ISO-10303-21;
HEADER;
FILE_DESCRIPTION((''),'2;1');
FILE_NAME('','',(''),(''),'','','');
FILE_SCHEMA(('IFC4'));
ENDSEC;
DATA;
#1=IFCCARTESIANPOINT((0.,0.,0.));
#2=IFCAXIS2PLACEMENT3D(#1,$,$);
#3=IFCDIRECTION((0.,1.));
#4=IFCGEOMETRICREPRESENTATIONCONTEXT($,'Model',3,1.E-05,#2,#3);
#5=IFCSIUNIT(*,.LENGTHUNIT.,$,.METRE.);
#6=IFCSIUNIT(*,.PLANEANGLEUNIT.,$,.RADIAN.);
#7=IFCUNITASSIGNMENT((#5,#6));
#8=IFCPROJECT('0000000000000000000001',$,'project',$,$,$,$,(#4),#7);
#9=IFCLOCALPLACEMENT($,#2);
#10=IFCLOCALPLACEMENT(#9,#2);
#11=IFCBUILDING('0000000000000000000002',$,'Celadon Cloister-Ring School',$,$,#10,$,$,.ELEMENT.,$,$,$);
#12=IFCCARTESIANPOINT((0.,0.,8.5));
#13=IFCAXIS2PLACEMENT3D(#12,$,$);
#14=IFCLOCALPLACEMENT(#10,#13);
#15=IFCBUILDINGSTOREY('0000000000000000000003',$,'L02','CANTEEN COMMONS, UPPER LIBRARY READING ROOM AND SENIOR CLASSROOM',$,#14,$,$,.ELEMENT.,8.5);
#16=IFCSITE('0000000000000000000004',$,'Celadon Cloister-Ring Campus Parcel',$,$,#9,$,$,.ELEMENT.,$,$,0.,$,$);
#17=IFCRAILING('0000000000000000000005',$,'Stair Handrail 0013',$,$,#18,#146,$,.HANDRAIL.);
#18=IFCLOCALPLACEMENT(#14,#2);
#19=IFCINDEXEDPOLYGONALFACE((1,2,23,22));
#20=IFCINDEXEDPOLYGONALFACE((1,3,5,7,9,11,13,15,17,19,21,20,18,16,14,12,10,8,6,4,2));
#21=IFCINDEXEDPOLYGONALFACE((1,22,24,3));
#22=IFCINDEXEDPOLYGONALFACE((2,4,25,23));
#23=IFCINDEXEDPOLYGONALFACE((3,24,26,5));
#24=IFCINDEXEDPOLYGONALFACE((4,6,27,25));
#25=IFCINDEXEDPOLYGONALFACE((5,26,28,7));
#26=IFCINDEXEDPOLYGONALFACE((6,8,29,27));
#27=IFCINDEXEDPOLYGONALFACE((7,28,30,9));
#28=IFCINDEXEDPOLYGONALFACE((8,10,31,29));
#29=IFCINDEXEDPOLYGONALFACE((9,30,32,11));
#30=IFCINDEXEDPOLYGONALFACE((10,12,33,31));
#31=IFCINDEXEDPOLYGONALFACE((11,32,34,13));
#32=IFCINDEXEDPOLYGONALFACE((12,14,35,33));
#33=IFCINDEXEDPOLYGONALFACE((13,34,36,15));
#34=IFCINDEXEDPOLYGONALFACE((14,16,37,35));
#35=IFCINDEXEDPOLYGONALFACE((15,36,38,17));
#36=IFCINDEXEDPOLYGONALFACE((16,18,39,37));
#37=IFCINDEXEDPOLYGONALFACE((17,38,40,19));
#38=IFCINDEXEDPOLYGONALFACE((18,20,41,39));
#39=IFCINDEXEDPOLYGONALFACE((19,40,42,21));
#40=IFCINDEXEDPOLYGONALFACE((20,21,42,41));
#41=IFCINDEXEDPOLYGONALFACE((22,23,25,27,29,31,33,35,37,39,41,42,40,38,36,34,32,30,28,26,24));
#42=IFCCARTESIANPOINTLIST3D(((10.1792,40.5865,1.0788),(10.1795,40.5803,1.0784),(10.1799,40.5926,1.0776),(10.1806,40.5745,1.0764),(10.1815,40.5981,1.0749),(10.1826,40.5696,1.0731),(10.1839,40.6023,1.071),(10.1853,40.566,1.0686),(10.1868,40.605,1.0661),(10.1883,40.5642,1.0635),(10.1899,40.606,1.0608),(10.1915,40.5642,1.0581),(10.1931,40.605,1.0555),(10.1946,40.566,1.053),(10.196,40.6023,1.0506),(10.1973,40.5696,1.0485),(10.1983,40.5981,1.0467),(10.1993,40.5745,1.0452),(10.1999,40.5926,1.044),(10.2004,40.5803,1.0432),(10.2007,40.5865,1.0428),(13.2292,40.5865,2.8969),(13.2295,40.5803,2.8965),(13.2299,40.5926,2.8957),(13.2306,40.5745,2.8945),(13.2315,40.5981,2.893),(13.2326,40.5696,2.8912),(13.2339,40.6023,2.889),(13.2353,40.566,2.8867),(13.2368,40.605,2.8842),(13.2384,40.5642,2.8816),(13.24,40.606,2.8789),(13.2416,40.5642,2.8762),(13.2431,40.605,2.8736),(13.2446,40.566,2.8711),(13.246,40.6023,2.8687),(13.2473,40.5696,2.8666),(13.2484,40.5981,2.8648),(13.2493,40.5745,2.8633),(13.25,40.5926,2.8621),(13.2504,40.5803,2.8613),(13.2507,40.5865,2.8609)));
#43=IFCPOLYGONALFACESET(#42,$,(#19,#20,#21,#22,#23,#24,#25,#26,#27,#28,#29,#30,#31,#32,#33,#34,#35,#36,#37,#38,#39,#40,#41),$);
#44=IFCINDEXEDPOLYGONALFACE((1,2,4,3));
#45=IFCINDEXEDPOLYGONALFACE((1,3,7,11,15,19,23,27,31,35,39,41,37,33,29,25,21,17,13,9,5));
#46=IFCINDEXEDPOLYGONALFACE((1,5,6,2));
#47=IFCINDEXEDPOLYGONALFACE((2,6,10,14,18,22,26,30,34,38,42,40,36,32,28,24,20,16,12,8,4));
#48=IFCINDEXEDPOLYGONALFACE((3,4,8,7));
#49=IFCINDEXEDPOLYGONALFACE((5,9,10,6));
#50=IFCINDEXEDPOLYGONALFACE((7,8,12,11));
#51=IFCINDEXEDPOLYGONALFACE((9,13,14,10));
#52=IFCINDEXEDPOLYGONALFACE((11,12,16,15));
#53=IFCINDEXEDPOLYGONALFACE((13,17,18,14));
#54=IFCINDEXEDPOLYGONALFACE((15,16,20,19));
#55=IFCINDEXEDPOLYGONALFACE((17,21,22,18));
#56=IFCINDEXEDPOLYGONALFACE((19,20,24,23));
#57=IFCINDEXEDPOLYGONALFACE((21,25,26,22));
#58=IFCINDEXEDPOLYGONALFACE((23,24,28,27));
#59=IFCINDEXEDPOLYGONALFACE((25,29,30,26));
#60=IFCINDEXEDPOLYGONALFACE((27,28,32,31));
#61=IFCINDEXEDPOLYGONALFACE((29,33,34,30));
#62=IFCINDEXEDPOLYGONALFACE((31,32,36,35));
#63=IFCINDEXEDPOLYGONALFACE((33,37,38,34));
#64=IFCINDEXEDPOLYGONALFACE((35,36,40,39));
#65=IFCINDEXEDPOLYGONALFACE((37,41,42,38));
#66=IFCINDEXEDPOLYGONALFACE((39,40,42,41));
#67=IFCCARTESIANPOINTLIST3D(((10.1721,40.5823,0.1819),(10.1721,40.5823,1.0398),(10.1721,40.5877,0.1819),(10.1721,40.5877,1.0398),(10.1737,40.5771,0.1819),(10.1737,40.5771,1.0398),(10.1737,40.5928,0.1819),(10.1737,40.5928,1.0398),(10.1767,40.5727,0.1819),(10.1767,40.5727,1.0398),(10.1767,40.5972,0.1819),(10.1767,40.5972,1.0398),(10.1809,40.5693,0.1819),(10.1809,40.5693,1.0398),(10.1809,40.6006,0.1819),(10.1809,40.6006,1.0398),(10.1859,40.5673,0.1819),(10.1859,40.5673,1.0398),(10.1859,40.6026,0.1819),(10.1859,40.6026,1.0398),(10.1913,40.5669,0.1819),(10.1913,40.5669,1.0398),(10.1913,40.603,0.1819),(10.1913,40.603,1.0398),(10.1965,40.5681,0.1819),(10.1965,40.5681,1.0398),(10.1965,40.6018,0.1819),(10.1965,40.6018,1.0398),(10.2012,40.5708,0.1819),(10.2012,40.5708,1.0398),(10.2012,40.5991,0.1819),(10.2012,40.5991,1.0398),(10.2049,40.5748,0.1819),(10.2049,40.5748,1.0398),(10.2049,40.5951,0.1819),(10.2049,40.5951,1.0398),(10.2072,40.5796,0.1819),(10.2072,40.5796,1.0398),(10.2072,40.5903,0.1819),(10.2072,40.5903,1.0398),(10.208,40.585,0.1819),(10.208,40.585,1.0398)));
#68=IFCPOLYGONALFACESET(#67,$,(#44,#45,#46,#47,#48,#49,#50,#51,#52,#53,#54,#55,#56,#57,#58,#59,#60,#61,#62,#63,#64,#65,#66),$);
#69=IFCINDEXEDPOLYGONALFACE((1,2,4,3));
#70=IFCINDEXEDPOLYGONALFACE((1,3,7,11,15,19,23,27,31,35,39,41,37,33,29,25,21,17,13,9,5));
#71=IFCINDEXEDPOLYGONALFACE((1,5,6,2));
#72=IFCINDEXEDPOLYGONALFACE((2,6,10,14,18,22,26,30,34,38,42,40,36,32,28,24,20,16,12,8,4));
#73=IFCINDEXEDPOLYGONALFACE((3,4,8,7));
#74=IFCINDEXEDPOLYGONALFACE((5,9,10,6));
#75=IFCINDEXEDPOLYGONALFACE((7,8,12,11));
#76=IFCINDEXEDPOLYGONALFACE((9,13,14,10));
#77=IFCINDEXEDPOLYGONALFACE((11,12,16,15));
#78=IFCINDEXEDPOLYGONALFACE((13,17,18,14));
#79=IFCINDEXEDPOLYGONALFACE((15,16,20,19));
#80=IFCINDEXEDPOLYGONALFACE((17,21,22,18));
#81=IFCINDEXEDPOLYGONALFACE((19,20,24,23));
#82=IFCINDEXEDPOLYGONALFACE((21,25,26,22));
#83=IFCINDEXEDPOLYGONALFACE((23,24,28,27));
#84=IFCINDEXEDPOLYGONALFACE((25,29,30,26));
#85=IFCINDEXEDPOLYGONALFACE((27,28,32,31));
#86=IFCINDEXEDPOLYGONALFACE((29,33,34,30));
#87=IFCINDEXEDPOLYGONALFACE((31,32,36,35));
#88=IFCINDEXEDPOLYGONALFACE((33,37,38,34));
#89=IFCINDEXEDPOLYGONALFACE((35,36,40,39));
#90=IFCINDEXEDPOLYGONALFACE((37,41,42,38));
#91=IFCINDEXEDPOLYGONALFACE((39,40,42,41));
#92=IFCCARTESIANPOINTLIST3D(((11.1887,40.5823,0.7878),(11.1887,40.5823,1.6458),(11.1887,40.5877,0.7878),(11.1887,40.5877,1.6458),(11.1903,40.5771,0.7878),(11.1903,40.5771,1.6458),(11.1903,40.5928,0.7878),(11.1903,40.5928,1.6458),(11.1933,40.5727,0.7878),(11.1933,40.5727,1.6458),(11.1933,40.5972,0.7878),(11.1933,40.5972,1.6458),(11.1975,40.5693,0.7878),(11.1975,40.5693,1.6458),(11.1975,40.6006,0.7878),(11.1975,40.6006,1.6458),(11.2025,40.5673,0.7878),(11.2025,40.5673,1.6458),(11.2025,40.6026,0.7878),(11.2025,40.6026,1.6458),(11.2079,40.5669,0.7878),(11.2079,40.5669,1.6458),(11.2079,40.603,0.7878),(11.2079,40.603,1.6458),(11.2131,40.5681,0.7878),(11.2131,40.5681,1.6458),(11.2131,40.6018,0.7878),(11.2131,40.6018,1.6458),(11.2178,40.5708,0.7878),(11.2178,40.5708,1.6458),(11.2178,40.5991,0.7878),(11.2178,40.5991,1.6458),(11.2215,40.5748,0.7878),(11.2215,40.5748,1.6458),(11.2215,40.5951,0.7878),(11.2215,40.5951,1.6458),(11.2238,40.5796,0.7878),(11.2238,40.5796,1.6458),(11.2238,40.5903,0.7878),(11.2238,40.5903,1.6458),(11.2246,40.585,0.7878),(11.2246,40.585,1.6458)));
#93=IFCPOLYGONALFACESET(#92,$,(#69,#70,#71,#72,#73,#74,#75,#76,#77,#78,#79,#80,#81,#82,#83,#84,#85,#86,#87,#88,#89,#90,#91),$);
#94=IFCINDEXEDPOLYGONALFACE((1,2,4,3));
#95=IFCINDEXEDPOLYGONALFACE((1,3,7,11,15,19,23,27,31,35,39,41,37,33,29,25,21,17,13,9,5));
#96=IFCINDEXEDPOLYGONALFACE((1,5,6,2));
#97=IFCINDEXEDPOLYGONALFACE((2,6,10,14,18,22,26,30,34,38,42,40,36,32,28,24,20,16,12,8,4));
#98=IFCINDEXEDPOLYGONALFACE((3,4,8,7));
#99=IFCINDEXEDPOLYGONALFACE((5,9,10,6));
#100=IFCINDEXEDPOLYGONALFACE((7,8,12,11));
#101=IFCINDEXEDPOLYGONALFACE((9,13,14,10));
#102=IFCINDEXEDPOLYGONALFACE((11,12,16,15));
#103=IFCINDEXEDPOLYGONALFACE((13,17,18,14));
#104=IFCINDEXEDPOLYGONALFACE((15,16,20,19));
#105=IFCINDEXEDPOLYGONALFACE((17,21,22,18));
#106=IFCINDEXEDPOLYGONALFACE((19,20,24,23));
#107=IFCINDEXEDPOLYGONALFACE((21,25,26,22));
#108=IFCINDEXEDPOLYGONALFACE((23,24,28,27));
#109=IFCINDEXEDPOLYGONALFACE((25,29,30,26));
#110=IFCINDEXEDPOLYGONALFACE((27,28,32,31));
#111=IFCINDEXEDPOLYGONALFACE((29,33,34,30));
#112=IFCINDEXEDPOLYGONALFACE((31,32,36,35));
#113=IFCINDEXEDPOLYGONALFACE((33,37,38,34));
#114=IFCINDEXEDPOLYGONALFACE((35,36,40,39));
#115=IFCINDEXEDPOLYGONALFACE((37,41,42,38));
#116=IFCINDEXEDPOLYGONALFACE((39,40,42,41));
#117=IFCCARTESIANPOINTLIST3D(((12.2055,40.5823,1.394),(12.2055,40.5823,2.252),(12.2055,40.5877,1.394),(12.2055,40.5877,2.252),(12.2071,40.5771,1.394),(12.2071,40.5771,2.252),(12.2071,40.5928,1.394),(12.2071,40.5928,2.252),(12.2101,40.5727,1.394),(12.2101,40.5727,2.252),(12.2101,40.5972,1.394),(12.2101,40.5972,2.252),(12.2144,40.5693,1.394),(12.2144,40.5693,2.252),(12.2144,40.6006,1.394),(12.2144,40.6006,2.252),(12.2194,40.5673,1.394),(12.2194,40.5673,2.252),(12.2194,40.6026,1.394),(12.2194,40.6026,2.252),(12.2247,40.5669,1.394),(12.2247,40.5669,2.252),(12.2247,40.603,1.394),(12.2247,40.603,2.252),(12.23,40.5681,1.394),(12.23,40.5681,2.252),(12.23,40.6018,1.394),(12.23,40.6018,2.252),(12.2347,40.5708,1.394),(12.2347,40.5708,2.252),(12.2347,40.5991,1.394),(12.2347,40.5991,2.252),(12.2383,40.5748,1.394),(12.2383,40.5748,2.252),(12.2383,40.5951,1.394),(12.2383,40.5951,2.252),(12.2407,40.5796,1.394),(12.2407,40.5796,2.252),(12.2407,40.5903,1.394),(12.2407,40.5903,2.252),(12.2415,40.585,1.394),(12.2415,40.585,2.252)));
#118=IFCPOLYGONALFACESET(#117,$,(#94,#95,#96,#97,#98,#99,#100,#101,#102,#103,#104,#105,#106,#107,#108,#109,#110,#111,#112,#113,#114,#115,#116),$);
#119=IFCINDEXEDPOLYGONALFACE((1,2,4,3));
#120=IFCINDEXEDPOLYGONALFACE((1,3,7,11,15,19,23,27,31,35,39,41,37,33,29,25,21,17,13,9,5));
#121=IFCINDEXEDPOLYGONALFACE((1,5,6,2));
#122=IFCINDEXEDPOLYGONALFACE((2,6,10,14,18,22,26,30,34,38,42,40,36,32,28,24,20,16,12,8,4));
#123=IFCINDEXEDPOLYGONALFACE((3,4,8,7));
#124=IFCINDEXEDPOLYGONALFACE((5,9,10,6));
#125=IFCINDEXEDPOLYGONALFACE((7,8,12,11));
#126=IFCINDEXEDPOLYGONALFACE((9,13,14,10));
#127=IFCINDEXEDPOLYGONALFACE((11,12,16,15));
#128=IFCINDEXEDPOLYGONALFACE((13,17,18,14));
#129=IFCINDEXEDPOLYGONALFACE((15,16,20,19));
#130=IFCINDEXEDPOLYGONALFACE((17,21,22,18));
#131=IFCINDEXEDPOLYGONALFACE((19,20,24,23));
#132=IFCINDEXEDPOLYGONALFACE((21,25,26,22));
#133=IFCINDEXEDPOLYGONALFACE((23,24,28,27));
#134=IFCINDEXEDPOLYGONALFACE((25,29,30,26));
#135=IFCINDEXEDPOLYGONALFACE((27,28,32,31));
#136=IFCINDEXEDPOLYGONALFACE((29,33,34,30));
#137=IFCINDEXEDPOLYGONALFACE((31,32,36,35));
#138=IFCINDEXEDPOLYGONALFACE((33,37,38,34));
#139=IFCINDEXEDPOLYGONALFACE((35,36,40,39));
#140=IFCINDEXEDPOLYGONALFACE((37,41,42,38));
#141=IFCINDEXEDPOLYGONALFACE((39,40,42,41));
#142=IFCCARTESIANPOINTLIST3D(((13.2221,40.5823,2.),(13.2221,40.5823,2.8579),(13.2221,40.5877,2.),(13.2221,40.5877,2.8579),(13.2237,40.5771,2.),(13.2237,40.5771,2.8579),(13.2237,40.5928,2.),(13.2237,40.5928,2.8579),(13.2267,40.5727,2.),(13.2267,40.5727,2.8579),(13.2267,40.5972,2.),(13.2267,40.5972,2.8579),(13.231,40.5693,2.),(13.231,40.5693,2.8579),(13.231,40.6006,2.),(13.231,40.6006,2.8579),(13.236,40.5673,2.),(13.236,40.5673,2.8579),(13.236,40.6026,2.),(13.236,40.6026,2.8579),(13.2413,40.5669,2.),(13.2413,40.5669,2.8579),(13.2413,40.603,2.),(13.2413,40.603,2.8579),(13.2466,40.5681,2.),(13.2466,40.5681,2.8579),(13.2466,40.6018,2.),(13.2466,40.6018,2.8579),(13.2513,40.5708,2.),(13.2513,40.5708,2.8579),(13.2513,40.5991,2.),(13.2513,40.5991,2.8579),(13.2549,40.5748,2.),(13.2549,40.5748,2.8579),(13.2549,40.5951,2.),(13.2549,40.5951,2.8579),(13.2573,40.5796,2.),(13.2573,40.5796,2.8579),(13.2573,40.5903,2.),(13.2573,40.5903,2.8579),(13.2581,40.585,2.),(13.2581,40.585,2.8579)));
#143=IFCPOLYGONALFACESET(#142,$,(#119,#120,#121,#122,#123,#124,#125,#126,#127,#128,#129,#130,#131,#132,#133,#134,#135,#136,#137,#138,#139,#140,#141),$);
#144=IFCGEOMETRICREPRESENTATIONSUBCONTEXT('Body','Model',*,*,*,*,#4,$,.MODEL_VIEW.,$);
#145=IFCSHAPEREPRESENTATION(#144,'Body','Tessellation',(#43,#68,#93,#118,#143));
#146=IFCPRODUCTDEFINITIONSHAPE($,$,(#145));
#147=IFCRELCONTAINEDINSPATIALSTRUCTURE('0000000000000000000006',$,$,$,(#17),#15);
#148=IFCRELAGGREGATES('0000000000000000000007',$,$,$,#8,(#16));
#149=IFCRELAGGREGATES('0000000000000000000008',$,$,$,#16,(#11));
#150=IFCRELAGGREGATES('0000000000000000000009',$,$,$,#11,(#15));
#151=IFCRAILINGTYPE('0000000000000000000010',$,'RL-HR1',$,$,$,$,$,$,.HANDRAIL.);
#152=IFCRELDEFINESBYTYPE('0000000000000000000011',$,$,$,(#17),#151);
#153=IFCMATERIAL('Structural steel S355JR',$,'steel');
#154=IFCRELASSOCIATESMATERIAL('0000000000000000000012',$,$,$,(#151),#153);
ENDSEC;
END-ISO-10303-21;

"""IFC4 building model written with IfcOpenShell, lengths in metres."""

from ifc_helpers import new_model, si_unit, direction, frame, origin, origin_2d, place, context, subcontext, project, spatial, circle, extrude, material, type_object, element, save


model = new_model("IFC4")

# Units and contexts
model_context = context("Model", 3, precision=1e-05, world=origin(), true_north=direction((0.0, 1.0)))
body_context = subcontext(model_context, "Body", "Model", "MODEL_VIEW")
ifc_project = project(units=[si_unit("LENGTHUNIT", "METRE"), si_unit("PLANEANGLEUNIT", "RADIAN")], contexts=[model_context])

# Site, building, storey
site_placement = place(None, origin())
site = spatial("IfcSite", under=ifc_project, at=site_placement, Name="Celadon Cloister-Ring Campus Parcel", CompositionType="ELEMENT", RefElevation=0.0)
building_placement = place(site_placement, origin())
building = spatial("IfcBuilding", under=site, at=building_placement, Name="Celadon Cloister-Ring School", CompositionType="ELEMENT")
storey_placement = place(building_placement, frame((0.0, 0.0, 8.5)))
storey = spatial("IfcBuildingStorey", under=building, at=storey_placement, Name="L02", Description="CANTEEN COMMONS, UPPER LIBRARY READING ROOM AND SENIOR CLASSROOM", CompositionType="ELEMENT", Elevation=8.5)

# Railing
ifc_material_1 = material(Name="Structural steel S355JR", Category="steel")
railing_type_1 = type_object("IfcRailingType", Name="RL-HR1", PredefinedType="HANDRAIL", material=ifc_material_1)
for number, where, name in (
    (1, (10.1899, 40.585, 0.1819), "Stair Handrail 0013"),
):
    element("IfcRailing", number, at=place(storey_placement, frame(where)), inside=storey, type_object=railing_type_1, Name=name, PredefinedType="HANDRAIL", context=body_context, shape_type="SweptSolid", body=[
        extrude(circle(Radius=0.021, at=origin_2d()), frame((0.0, 0.0, 0.8789), z_axis=(0.85897, 0.0, 0.512026), x_axis=(0.0, 1.0, 0.0)), (0.0, 0.0, 1.0), 3.5508),
        extrude(circle(Radius=0.0181, at=origin_2d()), origin(), (0.0, 0.0, 1.0), 0.8579),
        extrude(circle(Radius=0.0181, at=origin_2d()), frame((1.0166, 0.0, 0.606)), (0.0, 0.0, 1.0), 0.8579),
        extrude(circle(Radius=0.0181, at=origin_2d()), frame((2.0334, 0.0, 1.2122)), (0.0, 0.0, 1.0), 0.8579),
        extrude(circle(Radius=0.0181, at=origin_2d()), frame((3.05, 0.0, 1.8181)), (0.0, 0.0, 1.0), 0.8579),
    ])

save(model, "model.ifc")
